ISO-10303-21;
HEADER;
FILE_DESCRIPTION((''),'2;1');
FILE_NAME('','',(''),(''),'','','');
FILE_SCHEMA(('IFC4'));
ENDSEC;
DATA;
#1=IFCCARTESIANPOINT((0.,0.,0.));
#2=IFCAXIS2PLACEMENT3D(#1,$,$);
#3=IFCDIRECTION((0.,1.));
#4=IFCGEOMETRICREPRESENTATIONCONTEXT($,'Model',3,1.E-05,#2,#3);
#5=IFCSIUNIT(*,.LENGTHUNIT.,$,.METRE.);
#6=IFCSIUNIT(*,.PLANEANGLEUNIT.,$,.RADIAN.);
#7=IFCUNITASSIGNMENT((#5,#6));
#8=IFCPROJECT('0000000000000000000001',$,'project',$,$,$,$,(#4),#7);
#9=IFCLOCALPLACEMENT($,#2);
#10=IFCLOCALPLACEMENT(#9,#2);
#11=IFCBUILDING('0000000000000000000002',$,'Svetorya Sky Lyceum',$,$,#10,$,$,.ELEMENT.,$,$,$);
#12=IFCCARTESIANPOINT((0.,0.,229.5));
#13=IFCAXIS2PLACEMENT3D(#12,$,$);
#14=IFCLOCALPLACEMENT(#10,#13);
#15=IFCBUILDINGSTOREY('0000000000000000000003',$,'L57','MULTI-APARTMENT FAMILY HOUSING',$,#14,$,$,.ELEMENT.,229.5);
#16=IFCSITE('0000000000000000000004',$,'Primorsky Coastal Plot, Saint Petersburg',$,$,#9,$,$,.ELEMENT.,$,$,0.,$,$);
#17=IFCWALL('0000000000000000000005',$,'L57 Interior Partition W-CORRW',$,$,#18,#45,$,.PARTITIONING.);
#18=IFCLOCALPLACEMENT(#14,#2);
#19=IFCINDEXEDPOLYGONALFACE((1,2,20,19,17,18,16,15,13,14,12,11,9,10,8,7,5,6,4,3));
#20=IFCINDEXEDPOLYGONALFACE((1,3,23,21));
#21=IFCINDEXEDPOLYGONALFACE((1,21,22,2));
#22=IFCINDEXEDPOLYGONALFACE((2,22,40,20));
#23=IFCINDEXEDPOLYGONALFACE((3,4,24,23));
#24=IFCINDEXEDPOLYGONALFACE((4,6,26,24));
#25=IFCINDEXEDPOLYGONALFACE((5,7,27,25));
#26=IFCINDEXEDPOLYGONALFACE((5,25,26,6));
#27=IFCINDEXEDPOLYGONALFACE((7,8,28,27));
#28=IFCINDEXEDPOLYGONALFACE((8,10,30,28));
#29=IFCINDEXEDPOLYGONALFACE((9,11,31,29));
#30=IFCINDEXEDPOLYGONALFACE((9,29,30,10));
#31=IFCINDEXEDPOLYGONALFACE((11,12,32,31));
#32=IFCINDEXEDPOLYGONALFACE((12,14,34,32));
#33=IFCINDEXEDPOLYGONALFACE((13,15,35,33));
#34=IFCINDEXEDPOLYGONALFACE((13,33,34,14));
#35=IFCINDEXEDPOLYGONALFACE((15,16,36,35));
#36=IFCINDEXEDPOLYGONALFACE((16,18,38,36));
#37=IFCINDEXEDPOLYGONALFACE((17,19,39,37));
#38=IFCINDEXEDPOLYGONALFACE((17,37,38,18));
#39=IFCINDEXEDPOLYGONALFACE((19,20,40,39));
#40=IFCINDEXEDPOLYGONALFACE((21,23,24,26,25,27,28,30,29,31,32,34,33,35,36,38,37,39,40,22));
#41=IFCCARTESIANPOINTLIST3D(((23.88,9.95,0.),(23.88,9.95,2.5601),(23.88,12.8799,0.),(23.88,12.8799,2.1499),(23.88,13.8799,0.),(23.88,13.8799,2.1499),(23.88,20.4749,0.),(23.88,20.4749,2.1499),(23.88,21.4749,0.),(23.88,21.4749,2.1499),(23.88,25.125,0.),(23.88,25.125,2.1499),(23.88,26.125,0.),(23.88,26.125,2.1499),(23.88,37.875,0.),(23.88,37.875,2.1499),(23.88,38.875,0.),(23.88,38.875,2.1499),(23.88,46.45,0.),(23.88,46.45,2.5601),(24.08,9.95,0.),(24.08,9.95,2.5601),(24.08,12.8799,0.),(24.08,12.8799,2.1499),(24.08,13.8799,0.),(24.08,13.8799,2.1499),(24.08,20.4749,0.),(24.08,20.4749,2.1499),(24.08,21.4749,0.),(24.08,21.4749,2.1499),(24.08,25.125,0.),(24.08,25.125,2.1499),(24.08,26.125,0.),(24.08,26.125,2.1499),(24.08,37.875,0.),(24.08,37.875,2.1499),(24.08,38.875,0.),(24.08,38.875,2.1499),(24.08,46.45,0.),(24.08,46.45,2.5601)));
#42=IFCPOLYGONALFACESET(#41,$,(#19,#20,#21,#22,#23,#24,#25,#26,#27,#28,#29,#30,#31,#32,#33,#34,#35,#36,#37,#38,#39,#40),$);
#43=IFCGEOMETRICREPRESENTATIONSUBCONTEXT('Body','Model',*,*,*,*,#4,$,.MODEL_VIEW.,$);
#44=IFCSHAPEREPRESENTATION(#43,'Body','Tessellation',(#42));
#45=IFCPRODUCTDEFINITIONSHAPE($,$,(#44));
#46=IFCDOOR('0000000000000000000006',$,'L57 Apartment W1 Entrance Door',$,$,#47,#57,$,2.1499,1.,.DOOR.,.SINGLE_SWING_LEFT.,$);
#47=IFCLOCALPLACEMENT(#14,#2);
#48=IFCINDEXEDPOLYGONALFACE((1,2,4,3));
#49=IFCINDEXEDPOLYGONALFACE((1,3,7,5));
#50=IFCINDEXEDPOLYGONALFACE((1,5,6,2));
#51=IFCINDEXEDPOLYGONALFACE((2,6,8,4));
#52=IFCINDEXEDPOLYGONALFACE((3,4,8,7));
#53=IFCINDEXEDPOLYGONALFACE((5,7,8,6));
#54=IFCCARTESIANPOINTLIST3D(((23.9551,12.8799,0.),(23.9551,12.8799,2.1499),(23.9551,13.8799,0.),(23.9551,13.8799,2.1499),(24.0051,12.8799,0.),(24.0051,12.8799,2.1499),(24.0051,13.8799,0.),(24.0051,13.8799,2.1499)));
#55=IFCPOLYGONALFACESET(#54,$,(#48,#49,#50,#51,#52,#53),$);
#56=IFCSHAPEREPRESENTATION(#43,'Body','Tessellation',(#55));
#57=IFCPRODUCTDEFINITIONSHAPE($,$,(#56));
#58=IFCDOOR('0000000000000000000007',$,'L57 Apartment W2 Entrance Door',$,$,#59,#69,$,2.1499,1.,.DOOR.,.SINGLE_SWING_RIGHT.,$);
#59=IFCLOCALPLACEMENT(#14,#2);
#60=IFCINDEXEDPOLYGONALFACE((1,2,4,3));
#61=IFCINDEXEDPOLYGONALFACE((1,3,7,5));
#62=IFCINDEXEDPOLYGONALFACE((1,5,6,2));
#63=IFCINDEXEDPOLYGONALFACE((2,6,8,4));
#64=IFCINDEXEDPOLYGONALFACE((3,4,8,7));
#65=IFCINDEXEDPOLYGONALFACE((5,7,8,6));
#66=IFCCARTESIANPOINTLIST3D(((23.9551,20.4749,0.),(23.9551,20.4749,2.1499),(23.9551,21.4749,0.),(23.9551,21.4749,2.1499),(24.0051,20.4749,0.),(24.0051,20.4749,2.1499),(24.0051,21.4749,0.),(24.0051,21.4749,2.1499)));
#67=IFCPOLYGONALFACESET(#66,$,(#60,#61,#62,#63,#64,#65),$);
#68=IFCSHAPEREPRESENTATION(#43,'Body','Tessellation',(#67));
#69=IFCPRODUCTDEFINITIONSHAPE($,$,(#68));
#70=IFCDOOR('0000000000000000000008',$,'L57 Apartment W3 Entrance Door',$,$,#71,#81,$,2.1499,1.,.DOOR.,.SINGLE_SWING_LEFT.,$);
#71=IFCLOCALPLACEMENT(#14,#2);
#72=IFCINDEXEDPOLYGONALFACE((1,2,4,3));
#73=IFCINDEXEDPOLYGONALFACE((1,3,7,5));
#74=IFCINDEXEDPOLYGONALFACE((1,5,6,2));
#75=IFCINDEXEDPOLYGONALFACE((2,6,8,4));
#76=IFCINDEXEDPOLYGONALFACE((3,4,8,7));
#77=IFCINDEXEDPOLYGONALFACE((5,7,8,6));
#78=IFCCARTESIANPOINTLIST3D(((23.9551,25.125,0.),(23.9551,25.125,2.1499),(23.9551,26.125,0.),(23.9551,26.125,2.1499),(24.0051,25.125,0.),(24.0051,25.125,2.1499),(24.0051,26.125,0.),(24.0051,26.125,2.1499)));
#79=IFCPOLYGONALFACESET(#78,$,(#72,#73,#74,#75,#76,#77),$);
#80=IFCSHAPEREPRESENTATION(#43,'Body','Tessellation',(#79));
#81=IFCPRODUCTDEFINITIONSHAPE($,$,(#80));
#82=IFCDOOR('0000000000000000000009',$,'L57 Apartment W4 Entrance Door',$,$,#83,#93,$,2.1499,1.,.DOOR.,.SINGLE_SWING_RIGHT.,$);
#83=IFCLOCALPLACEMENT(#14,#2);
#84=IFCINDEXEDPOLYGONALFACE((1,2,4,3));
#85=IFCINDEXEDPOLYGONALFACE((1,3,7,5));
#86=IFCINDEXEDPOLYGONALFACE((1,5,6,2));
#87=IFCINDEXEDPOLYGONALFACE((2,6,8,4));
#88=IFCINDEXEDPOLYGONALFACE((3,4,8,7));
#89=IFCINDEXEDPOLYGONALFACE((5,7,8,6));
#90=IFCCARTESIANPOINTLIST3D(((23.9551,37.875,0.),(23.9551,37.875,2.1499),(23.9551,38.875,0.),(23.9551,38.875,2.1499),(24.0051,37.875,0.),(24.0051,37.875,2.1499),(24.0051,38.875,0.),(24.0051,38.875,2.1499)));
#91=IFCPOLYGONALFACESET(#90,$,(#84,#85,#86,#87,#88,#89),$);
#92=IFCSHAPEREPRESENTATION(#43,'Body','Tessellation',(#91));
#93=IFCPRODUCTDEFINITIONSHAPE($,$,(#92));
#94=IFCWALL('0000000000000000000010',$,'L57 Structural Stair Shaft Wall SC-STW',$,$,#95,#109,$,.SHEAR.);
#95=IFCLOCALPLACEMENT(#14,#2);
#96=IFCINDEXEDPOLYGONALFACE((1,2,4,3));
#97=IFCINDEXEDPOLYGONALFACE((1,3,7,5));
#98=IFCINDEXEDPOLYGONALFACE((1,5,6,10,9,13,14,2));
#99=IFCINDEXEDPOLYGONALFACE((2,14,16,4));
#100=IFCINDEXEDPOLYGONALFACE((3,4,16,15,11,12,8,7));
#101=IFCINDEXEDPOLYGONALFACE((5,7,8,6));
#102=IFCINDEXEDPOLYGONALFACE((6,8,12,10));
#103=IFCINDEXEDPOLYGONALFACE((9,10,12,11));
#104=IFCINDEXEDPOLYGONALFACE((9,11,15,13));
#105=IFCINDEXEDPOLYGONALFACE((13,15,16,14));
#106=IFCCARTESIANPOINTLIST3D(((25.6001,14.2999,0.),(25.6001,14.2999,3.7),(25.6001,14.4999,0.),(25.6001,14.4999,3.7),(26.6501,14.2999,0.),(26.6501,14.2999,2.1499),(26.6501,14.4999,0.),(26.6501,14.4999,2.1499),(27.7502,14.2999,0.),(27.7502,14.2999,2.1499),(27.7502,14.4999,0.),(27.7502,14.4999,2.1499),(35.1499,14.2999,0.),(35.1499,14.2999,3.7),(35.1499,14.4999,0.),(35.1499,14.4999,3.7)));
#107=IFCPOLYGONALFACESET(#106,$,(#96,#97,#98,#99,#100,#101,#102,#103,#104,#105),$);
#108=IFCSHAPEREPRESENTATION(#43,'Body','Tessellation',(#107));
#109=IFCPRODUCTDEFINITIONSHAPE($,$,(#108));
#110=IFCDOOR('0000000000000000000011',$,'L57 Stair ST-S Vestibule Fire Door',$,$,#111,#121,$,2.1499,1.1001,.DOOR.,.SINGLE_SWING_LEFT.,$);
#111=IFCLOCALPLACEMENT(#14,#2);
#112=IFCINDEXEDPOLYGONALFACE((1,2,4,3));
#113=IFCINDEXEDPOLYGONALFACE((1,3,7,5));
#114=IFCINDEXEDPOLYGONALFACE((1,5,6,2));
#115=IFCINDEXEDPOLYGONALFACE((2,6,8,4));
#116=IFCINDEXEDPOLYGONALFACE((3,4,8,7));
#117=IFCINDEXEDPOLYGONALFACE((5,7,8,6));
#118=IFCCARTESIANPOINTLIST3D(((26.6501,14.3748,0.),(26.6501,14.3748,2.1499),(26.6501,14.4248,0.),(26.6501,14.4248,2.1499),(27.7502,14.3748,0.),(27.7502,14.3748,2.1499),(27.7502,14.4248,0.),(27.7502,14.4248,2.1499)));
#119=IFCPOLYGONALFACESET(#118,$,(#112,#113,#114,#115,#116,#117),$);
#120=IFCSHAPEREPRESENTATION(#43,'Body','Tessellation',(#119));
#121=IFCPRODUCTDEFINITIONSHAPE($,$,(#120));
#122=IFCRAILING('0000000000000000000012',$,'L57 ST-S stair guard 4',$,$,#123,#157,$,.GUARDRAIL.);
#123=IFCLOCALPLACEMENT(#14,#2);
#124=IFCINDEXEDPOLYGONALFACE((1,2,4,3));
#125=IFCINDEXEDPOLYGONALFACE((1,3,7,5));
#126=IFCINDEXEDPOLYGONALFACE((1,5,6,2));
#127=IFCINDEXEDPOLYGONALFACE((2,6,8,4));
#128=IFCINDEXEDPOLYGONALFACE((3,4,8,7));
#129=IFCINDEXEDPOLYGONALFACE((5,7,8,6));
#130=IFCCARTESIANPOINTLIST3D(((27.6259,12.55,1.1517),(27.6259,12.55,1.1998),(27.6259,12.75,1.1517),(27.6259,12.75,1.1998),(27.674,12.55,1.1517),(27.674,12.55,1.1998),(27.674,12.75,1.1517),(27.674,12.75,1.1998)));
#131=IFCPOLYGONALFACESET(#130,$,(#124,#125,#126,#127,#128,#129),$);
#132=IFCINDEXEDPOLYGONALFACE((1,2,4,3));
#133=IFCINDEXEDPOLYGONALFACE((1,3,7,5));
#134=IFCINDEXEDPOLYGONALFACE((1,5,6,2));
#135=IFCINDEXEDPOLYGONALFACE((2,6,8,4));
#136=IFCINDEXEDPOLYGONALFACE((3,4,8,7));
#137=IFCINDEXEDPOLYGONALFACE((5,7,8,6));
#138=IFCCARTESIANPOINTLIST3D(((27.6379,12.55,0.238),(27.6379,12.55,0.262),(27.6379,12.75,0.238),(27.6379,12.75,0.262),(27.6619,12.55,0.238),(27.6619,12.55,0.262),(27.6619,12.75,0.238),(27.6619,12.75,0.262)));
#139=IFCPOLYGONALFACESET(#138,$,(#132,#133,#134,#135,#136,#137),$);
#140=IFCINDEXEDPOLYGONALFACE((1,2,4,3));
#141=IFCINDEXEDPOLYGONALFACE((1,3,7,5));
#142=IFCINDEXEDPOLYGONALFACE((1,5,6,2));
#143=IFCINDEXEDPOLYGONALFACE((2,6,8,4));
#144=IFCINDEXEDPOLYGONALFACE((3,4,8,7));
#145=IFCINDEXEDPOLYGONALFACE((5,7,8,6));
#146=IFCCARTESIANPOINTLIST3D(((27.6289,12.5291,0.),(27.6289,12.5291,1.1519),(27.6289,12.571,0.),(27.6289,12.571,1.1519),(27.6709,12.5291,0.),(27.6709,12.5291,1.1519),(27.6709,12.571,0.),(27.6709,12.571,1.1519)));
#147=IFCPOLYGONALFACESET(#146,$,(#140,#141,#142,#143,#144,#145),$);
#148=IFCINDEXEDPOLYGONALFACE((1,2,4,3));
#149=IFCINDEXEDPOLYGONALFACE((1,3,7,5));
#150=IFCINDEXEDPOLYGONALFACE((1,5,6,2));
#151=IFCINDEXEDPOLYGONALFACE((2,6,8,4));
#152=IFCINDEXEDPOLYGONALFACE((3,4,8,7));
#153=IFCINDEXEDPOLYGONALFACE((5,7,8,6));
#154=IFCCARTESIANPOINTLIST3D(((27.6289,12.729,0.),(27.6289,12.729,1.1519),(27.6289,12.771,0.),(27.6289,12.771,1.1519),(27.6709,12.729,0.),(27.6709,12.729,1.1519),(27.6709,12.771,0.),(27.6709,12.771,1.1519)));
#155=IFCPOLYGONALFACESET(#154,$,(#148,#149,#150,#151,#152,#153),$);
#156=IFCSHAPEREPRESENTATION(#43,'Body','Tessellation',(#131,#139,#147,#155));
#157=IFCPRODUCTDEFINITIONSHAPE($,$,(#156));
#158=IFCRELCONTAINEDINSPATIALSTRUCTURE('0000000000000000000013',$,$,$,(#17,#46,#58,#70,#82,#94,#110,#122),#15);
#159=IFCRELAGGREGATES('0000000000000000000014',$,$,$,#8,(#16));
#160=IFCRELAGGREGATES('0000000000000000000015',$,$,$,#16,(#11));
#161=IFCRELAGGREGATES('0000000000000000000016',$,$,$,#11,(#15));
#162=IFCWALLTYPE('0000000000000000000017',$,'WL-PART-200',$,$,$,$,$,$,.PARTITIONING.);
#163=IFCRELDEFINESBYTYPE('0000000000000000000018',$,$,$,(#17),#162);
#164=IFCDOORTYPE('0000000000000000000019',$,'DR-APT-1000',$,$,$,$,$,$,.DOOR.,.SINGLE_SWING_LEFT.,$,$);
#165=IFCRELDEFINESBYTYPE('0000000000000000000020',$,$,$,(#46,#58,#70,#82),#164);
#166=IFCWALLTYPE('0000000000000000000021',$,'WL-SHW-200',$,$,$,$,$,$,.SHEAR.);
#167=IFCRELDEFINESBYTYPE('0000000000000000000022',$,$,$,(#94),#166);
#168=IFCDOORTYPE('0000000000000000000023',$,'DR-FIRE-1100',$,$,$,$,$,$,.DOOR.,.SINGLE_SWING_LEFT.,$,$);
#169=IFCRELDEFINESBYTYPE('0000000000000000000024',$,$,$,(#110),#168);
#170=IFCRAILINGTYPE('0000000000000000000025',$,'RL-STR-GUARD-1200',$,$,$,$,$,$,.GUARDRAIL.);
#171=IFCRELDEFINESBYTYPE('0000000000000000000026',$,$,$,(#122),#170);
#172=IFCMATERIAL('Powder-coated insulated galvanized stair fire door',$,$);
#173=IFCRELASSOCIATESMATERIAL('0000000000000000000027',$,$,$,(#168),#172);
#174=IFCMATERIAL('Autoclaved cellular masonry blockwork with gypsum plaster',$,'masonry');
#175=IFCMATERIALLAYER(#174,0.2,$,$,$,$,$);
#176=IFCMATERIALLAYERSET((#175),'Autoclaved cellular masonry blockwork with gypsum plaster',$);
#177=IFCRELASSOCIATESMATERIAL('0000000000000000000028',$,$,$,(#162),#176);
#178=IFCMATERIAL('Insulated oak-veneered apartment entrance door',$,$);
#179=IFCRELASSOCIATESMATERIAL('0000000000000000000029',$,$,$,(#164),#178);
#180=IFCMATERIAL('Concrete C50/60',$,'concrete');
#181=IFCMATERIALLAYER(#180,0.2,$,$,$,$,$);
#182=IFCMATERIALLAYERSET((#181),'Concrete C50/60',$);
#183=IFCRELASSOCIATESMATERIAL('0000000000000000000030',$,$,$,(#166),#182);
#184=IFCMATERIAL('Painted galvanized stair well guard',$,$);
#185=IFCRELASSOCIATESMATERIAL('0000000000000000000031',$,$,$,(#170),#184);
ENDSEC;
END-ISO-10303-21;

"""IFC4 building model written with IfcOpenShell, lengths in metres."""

from ifc_helpers import new_model, si_unit, direction, frame, frame_2d, origin, origin_2d, place, context, subcontext, project, spatial, rectangle, extrude, material, layer, layer_set, type_object, element, fill, save


model = new_model("IFC4")

# Units and contexts
model_context = context("Model", 3, precision=1e-05, world=origin(), true_north=direction((0.0, 1.0)))
body_context = subcontext(model_context, "Body", "Model", "MODEL_VIEW")
ifc_project = project(units=[si_unit("LENGTHUNIT", "METRE"), si_unit("PLANEANGLEUNIT", "RADIAN")], contexts=[model_context])

# Site, building, storey
site_placement = place(None, origin())
site = spatial("IfcSite", under=ifc_project, at=site_placement, Name="Primorsky Coastal Plot, Saint Petersburg", CompositionType="ELEMENT", RefElevation=0.0)
building_placement = place(site_placement, origin())
building = spatial("IfcBuilding", under=site, at=building_placement, Name="Svetorya Sky Lyceum", CompositionType="ELEMENT")
storey_placement = place(building_placement, frame((0.0, 0.0, 229.5)))
storey = spatial("IfcBuildingStorey", under=building, at=storey_placement, Name="L57", Description="MULTI-APARTMENT FAMILY HOUSING", CompositionType="ELEMENT", Elevation=229.5)

# Shared definitions
ifc_material_1 = material(Name="Concrete C50/60", Category="concrete")

# Shared definitions
ifc_material_2 = material(Name="Powder-coated insulated galvanized stair fire door")
door_type_1 = type_object("IfcDoorType", Name="DR-FIRE-1100", OperationType="SINGLE_SWING_LEFT", PredefinedType="DOOR", material=ifc_material_2)

# Shared definitions
ifc_material_3 = material(Name="Autoclaved cellular masonry blockwork with gypsum plaster", Category="masonry")
ifc_layer_1 = layer(ifc_material_3, 0.2)
ifc_layer_set_1 = layer_set([ifc_layer_1], Name="Autoclaved cellular masonry blockwork with gypsum plaster")
wall_type_1 = type_object("IfcWallType", Name="WL-PART-200", PredefinedType="PARTITIONING", material=ifc_layer_set_1)

# Wall, openings, doors
wall_1_placement = place(storey_placement, frame((23.98, 9.95, 0.0), z_axis=(0.0, 0.0, 1.0), x_axis=(0.0, 1.0, 0.0)))
wall_1 = element("IfcWall", 1, at=wall_1_placement, inside=storey, type_object=wall_type_1, Name="L57 Interior Partition W-CORRW", PredefinedType="PARTITIONING", context=body_context, shape_type="SweptSolid", body=[
    extrude(rectangle(XDim=36.5, YDim=0.2, at=frame_2d((18.25, 0.0))), origin(), (0.0, 0.0, 1.0), 2.5601),
])
opening_1_placement = place(wall_1_placement, frame((2.9299, 0.0, 0.0)))
opening_1 = element("IfcOpeningElement", 2, at=opening_1_placement, cuts=wall_1, PredefinedType="OPENING", context=body_context, shape_type="SweptSolid", body=[
    extrude(rectangle(XDim=1.0, YDim=2.1499, at=frame_2d((0.5, 1.075))), frame((0.0, 0.1099, 0.0), z_axis=(0.0, -1.0, 0.0), x_axis=(1.0, 0.0, 0.0)), (0.0, 0.0, 1.0), 0.22),
])
opening_2_placement = place(wall_1_placement, frame((10.5249, 0.0, 0.0)))
opening_2 = element("IfcOpeningElement", 3, at=opening_2_placement, cuts=wall_1, PredefinedType="OPENING", context=body_context, shape_type="SweptSolid", body=[
    extrude(rectangle(XDim=1.0, YDim=2.1499, at=frame_2d((0.5, 1.075))), frame((0.0, 0.1099, 0.0), z_axis=(0.0, -1.0, 0.0), x_axis=(1.0, 0.0, 0.0)), (0.0, 0.0, 1.0), 0.22),
])
opening_3_placement = place(wall_1_placement, frame((15.175, 0.0, 0.0)))
opening_3 = element("IfcOpeningElement", 4, at=opening_3_placement, cuts=wall_1, PredefinedType="OPENING", context=body_context, shape_type="SweptSolid", body=[
    extrude(rectangle(XDim=1.0, YDim=2.1499, at=frame_2d((0.5, 1.075))), frame((0.0, 0.1099, 0.0), z_axis=(0.0, -1.0, 0.0), x_axis=(1.0, 0.0, 0.0)), (0.0, 0.0, 1.0), 0.22),
])
opening_4_placement = place(wall_1_placement, frame((27.925, 0.0, 0.0)))
opening_4 = element("IfcOpeningElement", 5, at=opening_4_placement, cuts=wall_1, PredefinedType="OPENING", context=body_context, shape_type="SweptSolid", body=[
    extrude(rectangle(XDim=1.0, YDim=2.1499, at=frame_2d((0.5, 1.075))), frame((0.0, 0.1099, 0.0), z_axis=(0.0, -1.0, 0.0), x_axis=(1.0, 0.0, 0.0)), (0.0, 0.0, 1.0), 0.22),
])
ifc_material_4 = material(Name="Insulated oak-veneered apartment entrance door")
door_type_2 = type_object("IfcDoorType", Name="DR-APT-1000", OperationType="SINGLE_SWING_LEFT", PredefinedType="DOOR", material=ifc_material_4)
door_1_placement = place(opening_1_placement, origin())
door_1 = element("IfcDoor", 6, at=door_1_placement, inside=storey, type_object=door_type_2, Name="L57 Apartment W1 Entrance Door", OperationType="SINGLE_SWING_LEFT", OverallHeight=2.1499, OverallWidth=1.0, PredefinedType="DOOR", context=body_context, shape_type="SweptSolid", body=[
    extrude(rectangle(XDim=1.0, YDim=2.1499, at=frame_2d((0.5, 1.075))), frame((0.0, 0.0249, 0.0), z_axis=(0.0, -1.0, 0.0), x_axis=(1.0, 0.0, 0.0)), (0.0, 0.0, 1.0), 0.05),
])
fill(opening_1, door_1)
door_2_placement = place(opening_2_placement, origin())
door_2 = element("IfcDoor", 7, at=door_2_placement, inside=storey, type_object=door_type_2, Name="L57 Apartment W2 Entrance Door", OperationType="SINGLE_SWING_RIGHT", OverallHeight=2.1499, OverallWidth=1.0, PredefinedType="DOOR", context=body_context, shape_type="SweptSolid", body=[
    extrude(rectangle(XDim=1.0, YDim=2.1499, at=frame_2d((0.5, 1.075))), frame((0.0, 0.0249, 0.0), z_axis=(0.0, -1.0, 0.0), x_axis=(1.0, 0.0, 0.0)), (0.0, 0.0, 1.0), 0.05),
])
fill(opening_2, door_2)
door_3_placement = place(opening_3_placement, origin())
door_3 = element("IfcDoor", 8, at=door_3_placement, inside=storey, type_object=door_type_2, Name="L57 Apartment W3 Entrance Door", OperationType="SINGLE_SWING_LEFT", OverallHeight=2.1499, OverallWidth=1.0, PredefinedType="DOOR", context=body_context, shape_type="SweptSolid", body=[
    extrude(rectangle(XDim=1.0, YDim=2.1499, at=frame_2d((0.5, 1.075))), frame((0.0, 0.0249, 0.0), z_axis=(0.0, -1.0, 0.0), x_axis=(1.0, 0.0, 0.0)), (0.0, 0.0, 1.0), 0.05),
])
fill(opening_3, door_3)
door_4_placement = place(opening_4_placement, origin())
door_4 = element("IfcDoor", 9, at=door_4_placement, inside=storey, type_object=door_type_2, Name="L57 Apartment W4 Entrance Door", OperationType="SINGLE_SWING_RIGHT", OverallHeight=2.1499, OverallWidth=1.0, PredefinedType="DOOR", context=body_context, shape_type="SweptSolid", body=[
    extrude(rectangle(XDim=1.0, YDim=2.1499, at=frame_2d((0.5, 1.075))), frame((0.0, 0.0249, 0.0), z_axis=(0.0, -1.0, 0.0), x_axis=(1.0, 0.0, 0.0)), (0.0, 0.0, 1.0), 0.05),
])
fill(opening_4, door_4)

# Wall, opening, door
ifc_layer_2 = layer(ifc_material_1, 0.2)
ifc_layer_set_2 = layer_set([ifc_layer_2], Name="Concrete C50/60")
wall_type_2 = type_object("IfcWallType", Name="WL-SHW-200", PredefinedType="SHEAR", material=ifc_layer_set_2)
wall_2_placement = place(storey_placement, frame((25.6001, 14.3999, 0.0), z_axis=(0.0, 0.0, 1.0), x_axis=(1.0, 0.0, 0.0)))
wall_2 = element("IfcWall", 10, at=wall_2_placement, inside=storey, type_object=wall_type_2, Name="L57 Structural Stair Shaft Wall SC-STW", PredefinedType="SHEAR", context=body_context, shape_type="SweptSolid", body=[
    extrude(rectangle(XDim=9.5498, YDim=0.2, at=frame_2d((4.7749, 0.0))), origin(), (0.0, 0.0, 1.0), 3.7),
])
opening_5_placement = place(wall_2_placement, frame((1.05, 0.0, 0.0)))
opening_5 = element("IfcOpeningElement", 11, at=opening_5_placement, cuts=wall_2, PredefinedType="OPENING", context=body_context, shape_type="SweptSolid", body=[
    extrude(rectangle(XDim=1.1001, YDim=2.1499, at=frame_2d((0.55, 1.075))), frame((0.0, 0.1099, 0.0), z_axis=(0.0, -1.0, 0.0), x_axis=(1.0, 0.0, 0.0)), (0.0, 0.0, 1.0), 0.22),
])
door_5_placement = place(opening_5_placement, origin())
door_5 = element("IfcDoor", 12, at=door_5_placement, inside=storey, type_object=door_type_1, Name="L57 Stair ST-S Vestibule Fire Door", OperationType="SINGLE_SWING_LEFT", OverallHeight=2.1499, OverallWidth=1.1001, PredefinedType="DOOR", context=body_context, shape_type="SweptSolid", body=[
    extrude(rectangle(XDim=1.1001, YDim=2.1499, at=frame_2d((0.55, 1.075))), frame((0.0, 0.0249, 0.0), z_axis=(0.0, -1.0, 0.0), x_axis=(1.0, 0.0, 0.0)), (0.0, 0.0, 1.0), 0.05),
])
fill(opening_5, door_5)

# Railing
ifc_material_5 = material(Name="Painted galvanized stair well guard")
railing_type = type_object("IfcRailingType", Name="RL-STR-GUARD-1200", PredefinedType="GUARDRAIL", material=ifc_material_5)
railing_placement = place(storey_placement, frame((27.6499, 12.55, 0.0)))
element("IfcRailing", 13, at=railing_placement, inside=storey, type_object=railing_type, Name="L57 ST-S stair guard 4", PredefinedType="GUARDRAIL", context=body_context, shape_type="SweptSolid", body=[
    extrude(rectangle(XDim=0.0481, YDim=0.0481, at=origin_2d()), frame((0.0, 0.0, 1.1758), z_axis=(0.0, 1.0, 0.0), x_axis=(-1.0, 0.0, 0.0)), (0.0, 0.0, 1.0), 0.2),
    extrude(rectangle(XDim=0.0239, YDim=0.0239, at=origin_2d()), frame((0.0, 0.0, 0.25), z_axis=(0.0, 1.0, 0.0), x_axis=(-1.0, 0.0, 0.0)), (0.0, 0.0, 1.0), 0.2),
    extrude(rectangle(XDim=0.042, YDim=0.042, at=origin_2d()), origin(), (0.0, 0.0, 1.0), 1.1519),
    extrude(rectangle(XDim=0.042, YDim=0.042, at=origin_2d()), frame((0.0, 0.2, 0.0)), (0.0, 0.0, 1.0), 1.1519),
])

save(model, "model.ifc")
